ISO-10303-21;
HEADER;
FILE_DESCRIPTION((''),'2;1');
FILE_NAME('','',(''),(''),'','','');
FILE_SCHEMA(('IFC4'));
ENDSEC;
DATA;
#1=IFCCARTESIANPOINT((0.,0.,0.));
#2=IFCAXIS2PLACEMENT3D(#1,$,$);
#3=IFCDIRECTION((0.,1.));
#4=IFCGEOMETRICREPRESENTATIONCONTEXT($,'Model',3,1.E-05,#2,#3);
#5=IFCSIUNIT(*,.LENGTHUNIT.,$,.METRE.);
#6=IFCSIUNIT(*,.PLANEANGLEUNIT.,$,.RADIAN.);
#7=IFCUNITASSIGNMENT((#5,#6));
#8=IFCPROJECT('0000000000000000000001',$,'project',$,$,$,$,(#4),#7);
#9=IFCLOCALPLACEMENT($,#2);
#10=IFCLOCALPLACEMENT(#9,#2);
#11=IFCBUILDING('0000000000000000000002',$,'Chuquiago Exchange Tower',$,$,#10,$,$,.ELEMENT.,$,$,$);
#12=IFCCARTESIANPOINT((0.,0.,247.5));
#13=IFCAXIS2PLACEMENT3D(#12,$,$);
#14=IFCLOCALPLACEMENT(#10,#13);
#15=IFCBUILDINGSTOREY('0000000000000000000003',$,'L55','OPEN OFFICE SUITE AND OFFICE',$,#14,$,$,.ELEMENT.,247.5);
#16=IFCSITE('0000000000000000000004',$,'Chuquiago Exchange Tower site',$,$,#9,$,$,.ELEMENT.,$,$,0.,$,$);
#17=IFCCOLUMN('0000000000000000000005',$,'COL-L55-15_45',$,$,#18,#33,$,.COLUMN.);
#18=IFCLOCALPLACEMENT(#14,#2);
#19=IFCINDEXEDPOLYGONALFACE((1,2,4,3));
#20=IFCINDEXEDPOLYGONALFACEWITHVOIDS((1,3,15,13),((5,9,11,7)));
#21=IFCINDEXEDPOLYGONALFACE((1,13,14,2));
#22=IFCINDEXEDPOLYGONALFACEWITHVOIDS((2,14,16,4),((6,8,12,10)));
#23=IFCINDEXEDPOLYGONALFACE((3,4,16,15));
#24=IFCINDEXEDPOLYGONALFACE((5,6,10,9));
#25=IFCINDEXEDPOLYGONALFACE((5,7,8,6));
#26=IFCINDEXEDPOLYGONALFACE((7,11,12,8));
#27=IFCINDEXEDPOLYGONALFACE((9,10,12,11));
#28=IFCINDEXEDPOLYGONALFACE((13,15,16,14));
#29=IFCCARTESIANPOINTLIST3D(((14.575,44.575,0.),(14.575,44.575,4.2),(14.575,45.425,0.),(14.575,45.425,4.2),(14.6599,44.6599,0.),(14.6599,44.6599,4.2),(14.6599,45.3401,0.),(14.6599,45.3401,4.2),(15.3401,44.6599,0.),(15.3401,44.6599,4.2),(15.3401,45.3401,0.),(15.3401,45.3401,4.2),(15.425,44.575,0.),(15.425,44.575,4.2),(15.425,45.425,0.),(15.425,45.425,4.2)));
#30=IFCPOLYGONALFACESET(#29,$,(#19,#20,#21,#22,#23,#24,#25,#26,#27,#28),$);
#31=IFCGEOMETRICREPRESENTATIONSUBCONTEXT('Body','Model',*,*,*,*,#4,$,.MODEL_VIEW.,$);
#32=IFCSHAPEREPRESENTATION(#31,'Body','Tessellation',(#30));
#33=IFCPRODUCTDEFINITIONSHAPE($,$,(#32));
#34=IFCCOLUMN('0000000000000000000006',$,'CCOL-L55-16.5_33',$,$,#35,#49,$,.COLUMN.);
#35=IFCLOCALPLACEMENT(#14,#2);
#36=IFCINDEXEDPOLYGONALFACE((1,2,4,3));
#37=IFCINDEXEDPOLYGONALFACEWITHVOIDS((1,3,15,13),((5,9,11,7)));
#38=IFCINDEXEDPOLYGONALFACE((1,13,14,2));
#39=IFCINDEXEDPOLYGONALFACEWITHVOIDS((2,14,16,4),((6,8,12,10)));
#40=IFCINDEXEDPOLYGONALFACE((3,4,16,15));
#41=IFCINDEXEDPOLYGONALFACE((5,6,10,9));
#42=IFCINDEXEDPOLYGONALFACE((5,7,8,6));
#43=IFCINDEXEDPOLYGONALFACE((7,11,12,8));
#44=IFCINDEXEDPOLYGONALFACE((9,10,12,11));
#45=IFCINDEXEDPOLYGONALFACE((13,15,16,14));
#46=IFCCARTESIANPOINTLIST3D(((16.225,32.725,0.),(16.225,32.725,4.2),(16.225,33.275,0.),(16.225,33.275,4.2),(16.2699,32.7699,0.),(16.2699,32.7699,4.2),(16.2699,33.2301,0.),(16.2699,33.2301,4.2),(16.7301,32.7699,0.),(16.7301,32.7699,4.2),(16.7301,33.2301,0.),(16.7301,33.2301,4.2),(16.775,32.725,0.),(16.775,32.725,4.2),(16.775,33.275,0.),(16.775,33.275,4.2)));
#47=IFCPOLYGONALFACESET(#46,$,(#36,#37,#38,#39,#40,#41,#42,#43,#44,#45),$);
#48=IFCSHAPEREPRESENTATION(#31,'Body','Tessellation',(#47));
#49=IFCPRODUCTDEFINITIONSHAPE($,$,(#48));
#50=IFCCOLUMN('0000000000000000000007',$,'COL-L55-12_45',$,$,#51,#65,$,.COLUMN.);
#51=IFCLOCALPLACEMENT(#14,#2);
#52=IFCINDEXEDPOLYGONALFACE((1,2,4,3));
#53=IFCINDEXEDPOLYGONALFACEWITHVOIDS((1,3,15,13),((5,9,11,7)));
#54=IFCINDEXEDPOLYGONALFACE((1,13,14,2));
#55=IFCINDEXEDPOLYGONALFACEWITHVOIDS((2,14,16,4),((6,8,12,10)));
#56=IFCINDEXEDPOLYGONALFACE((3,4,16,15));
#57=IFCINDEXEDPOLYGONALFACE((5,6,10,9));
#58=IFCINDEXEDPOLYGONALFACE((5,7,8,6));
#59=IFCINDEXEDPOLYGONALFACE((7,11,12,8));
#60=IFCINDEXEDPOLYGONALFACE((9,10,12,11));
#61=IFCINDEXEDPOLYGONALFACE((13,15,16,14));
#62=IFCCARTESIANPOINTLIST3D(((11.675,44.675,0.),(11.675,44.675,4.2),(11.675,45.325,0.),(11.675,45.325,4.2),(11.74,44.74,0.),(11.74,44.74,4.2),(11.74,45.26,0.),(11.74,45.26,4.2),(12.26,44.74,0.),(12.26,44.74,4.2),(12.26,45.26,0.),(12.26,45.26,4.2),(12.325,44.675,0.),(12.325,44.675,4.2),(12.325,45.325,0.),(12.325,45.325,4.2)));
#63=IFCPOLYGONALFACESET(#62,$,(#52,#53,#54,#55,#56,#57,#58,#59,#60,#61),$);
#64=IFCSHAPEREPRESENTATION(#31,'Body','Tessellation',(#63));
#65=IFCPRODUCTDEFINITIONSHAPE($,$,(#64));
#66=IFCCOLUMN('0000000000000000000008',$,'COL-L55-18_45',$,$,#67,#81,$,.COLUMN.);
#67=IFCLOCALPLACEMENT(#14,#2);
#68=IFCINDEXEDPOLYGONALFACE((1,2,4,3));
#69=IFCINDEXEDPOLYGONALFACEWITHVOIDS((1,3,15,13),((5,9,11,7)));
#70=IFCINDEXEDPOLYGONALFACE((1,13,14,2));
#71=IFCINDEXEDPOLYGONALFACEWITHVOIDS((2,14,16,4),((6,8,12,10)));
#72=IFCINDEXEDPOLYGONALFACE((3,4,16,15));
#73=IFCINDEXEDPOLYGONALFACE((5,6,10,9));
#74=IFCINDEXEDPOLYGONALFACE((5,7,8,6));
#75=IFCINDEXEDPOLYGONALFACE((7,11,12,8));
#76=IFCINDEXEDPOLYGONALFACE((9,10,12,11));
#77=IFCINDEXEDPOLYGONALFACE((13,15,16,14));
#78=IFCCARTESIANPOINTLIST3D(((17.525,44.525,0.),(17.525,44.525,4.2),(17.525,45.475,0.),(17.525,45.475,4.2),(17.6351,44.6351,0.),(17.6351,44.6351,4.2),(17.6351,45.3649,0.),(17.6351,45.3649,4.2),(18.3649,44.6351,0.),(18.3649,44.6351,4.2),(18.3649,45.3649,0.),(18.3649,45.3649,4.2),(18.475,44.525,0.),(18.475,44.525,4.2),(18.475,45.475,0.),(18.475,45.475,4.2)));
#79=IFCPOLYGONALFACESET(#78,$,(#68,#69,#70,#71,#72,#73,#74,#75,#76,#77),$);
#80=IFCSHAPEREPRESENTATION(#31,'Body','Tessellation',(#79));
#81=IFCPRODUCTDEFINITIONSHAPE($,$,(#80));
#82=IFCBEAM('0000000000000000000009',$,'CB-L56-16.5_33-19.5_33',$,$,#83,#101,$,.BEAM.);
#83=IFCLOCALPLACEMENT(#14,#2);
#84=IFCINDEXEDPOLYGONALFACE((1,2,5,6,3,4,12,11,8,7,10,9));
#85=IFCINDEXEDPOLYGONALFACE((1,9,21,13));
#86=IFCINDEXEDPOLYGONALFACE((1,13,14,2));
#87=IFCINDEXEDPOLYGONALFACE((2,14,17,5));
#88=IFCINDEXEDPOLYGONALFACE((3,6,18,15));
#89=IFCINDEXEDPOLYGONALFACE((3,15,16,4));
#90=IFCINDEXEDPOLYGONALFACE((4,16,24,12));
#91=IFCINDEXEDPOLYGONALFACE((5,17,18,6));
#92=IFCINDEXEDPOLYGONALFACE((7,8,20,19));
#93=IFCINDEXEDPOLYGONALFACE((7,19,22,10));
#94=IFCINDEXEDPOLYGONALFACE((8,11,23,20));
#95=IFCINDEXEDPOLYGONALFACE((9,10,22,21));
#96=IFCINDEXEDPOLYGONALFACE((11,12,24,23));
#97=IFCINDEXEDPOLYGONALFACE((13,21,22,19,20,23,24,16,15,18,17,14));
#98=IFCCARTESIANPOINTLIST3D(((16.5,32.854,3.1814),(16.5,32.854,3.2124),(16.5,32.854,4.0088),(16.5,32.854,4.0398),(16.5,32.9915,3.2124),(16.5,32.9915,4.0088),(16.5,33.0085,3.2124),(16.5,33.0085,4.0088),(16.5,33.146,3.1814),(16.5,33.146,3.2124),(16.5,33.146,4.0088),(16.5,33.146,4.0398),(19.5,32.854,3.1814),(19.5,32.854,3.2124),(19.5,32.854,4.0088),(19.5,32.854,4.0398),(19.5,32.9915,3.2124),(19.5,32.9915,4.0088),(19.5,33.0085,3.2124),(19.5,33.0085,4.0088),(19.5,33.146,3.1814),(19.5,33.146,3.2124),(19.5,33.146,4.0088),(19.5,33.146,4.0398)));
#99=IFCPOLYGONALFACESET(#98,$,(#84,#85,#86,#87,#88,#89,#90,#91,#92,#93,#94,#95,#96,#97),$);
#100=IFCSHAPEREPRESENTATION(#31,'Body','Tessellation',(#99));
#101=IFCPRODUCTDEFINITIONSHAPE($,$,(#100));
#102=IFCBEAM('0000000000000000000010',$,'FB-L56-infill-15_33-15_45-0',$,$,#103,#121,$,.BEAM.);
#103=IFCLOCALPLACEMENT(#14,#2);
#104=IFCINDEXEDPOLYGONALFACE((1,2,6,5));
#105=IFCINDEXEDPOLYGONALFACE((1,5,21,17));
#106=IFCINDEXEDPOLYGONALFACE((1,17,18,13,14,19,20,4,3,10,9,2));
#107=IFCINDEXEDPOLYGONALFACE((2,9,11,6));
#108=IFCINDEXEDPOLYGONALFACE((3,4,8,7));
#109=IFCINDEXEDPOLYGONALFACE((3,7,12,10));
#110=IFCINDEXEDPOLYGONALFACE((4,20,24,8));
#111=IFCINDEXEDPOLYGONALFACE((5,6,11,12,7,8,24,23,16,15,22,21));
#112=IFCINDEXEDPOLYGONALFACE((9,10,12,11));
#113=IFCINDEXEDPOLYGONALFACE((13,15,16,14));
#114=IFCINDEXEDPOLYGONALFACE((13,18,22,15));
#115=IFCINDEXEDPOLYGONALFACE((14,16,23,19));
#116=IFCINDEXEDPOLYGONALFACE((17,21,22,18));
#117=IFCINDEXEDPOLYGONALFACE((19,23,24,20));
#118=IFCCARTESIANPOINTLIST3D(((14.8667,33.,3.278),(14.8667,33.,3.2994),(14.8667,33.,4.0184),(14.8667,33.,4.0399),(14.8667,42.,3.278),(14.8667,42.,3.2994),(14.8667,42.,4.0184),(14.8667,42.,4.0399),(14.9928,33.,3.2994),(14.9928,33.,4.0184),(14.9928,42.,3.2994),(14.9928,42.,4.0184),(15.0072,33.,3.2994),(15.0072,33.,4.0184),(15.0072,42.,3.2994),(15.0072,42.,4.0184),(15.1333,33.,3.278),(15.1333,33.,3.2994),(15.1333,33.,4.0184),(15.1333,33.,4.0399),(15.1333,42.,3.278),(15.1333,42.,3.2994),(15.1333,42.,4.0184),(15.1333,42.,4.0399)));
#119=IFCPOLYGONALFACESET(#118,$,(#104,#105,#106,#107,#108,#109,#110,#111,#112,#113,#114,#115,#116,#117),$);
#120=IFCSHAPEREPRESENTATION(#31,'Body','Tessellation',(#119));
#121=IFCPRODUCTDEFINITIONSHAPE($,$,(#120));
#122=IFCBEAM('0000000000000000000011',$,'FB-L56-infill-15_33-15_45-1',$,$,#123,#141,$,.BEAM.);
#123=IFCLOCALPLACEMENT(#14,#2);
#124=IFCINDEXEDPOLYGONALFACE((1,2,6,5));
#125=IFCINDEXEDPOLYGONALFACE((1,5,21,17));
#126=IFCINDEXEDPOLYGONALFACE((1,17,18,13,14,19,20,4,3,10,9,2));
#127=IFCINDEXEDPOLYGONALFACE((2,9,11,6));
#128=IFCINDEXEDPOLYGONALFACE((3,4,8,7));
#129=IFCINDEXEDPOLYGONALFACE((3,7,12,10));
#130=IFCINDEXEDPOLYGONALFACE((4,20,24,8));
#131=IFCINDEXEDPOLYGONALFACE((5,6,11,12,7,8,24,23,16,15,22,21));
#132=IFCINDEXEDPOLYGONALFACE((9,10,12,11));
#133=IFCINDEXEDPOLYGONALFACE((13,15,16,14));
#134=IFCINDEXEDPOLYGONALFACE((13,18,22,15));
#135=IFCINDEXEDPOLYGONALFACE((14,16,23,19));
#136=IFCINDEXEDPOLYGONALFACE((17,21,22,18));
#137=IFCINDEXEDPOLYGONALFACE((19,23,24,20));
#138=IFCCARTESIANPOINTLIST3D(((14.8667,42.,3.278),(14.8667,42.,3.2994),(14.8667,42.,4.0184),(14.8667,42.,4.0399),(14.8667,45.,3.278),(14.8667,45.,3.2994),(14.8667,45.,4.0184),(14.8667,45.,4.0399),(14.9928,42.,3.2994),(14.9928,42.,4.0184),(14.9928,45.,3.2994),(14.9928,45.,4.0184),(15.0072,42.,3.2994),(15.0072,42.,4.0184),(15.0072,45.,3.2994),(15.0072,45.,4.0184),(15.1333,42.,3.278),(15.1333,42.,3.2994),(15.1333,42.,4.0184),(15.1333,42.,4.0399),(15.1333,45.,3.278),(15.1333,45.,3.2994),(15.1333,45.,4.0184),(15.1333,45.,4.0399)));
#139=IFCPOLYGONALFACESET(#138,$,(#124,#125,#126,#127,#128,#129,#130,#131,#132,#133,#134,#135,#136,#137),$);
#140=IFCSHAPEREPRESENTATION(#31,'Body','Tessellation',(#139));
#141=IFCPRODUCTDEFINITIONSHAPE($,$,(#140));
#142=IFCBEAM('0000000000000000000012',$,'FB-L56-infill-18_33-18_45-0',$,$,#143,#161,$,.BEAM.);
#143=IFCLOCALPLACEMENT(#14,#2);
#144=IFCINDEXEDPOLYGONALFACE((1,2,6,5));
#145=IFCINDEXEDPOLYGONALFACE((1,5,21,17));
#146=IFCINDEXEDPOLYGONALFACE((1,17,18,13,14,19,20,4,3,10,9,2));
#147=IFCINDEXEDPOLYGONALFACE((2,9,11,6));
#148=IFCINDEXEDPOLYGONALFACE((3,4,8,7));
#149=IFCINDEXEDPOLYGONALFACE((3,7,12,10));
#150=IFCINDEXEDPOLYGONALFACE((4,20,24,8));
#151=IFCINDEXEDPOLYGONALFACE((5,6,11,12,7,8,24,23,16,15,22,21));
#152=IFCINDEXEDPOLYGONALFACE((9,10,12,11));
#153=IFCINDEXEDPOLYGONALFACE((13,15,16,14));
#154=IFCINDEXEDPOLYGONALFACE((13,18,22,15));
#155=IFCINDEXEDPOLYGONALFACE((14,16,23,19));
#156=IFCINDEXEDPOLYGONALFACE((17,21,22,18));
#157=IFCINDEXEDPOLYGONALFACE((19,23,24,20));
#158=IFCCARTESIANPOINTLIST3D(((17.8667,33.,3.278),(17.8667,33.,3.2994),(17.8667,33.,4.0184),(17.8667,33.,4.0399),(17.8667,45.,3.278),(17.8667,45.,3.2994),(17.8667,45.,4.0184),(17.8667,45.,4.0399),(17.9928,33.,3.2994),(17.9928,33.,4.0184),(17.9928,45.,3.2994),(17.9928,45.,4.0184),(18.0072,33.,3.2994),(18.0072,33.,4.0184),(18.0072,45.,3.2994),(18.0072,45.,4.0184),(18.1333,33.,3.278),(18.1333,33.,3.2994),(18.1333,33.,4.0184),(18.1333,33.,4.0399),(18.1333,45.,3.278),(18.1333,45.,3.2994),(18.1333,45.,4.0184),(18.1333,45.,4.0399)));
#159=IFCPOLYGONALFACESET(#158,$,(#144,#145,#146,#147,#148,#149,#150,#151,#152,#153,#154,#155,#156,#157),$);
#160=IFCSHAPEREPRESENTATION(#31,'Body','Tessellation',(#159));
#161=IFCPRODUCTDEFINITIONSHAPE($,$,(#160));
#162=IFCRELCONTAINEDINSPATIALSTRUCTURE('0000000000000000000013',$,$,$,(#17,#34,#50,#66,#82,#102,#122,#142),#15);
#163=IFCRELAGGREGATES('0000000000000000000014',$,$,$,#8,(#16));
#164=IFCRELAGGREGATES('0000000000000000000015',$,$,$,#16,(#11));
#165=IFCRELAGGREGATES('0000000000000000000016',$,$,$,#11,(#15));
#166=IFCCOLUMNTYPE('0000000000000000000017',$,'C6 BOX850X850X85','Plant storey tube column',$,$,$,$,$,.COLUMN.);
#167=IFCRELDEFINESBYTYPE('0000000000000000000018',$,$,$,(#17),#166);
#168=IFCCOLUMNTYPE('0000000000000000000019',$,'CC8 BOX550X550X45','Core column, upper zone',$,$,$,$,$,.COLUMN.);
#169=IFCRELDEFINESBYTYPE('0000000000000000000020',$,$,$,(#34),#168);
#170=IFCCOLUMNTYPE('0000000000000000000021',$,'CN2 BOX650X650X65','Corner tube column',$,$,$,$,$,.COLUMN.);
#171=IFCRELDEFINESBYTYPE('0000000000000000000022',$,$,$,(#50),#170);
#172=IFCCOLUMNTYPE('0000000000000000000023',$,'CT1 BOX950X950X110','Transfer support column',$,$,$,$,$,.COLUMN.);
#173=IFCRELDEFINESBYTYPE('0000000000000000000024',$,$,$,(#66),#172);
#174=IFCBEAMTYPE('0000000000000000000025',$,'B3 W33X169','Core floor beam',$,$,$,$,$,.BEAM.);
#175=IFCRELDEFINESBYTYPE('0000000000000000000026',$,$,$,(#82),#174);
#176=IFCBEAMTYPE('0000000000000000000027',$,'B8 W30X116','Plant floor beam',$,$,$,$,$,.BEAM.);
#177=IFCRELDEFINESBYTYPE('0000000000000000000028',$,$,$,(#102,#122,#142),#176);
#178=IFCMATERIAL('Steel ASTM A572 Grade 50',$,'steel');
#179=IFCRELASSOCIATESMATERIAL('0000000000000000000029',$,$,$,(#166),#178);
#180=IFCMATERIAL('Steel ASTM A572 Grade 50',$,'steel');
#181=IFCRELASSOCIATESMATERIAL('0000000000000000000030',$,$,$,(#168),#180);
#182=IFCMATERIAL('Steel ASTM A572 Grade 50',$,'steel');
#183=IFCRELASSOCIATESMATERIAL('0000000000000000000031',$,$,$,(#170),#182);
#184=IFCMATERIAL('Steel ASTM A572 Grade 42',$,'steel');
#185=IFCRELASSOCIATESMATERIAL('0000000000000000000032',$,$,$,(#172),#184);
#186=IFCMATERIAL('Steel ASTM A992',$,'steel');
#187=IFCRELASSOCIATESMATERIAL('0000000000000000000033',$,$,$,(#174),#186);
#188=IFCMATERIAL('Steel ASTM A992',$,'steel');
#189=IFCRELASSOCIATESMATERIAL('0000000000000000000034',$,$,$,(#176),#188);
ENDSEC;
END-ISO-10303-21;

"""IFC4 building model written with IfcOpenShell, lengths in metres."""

from ifc_helpers import new_model, si_unit, direction, frame, origin, origin_2d, place, context, subcontext, project, spatial, hollow_rectangle, i_section, extrude, material, material_profile, profile_set, type_object, element, save


model = new_model("IFC4")

# Units and contexts
model_context = context("Model", 3, precision=1e-05, world=origin(), true_north=direction((0.0, 1.0)))
body_context = subcontext(model_context, "Body", "Model", "MODEL_VIEW")
ifc_project = project(units=[si_unit("LENGTHUNIT", "METRE"), si_unit("PLANEANGLEUNIT", "RADIAN")], contexts=[model_context])

# Site, building, storey
site_placement = place(None, origin())
site = spatial("IfcSite", under=ifc_project, at=site_placement, Name="Chuquiago Exchange Tower site", CompositionType="ELEMENT", RefElevation=0.0)
building_placement = place(site_placement, origin())
building = spatial("IfcBuilding", under=site, at=building_placement, Name="Chuquiago Exchange Tower", CompositionType="ELEMENT")
storey_placement = place(building_placement, frame((0.0, 0.0, 247.5)))
storey = spatial("IfcBuildingStorey", under=building, at=storey_placement, Name="L55", Description="OPEN OFFICE SUITE AND OFFICE", CompositionType="ELEMENT", Elevation=247.5)

# Columns
ifc_material_1 = material(Name="Steel ASTM A572 Grade 50", Category="steel")
ifc_material_profile_1 = material_profile(ifc_material_1, hollow_rectangle(XDim=0.8501, YDim=0.8501, WallThickness=0.085, at=origin_2d()), Name="BOX850X850X85")
ifc_profile_set_1 = profile_set([ifc_material_profile_1], Name="Steel ASTM A572 Grade 50")
column_type_1 = type_object("IfcColumnType", Name="C6 BOX850X850X85", Description="Plant storey tube column", PredefinedType="COLUMN", material=ifc_profile_set_1)
column_1_placement = place(storey_placement, frame((15.0, 45.0, 0.0), z_axis=(0.0, 0.0, 1.0), x_axis=(0.0, 1.0, 0.0)))
element("IfcColumn", 1, at=column_1_placement, inside=storey, type_object=column_type_1, Name="COL-L55-15_45", PredefinedType="COLUMN", context=body_context, shape_type="SweptSolid", body=[
    extrude(hollow_rectangle(XDim=0.8501, YDim=0.8501, WallThickness=0.085, at=origin_2d()), origin(), (0.0, 0.0, 1.0), 4.2),
])
ifc_material_2 = material(Name="Steel ASTM A572 Grade 50", Category="steel")
ifc_material_profile_2 = material_profile(ifc_material_2, hollow_rectangle(XDim=0.55, YDim=0.55, WallThickness=0.0449, at=origin_2d()), Name="BOX550X550X45")
ifc_profile_set_2 = profile_set([ifc_material_profile_2], Name="Steel ASTM A572 Grade 50")
column_type_2 = type_object("IfcColumnType", Name="CC8 BOX550X550X45", Description="Core column, upper zone", PredefinedType="COLUMN", material=ifc_profile_set_2)
column_2_placement = place(storey_placement, frame((16.5, 33.0, 0.0), z_axis=(0.0, 0.0, 1.0), x_axis=(1.0, 0.0, 0.0)))
element("IfcColumn", 2, at=column_2_placement, inside=storey, type_object=column_type_2, Name="CCOL-L55-16.5_33", PredefinedType="COLUMN", context=body_context, shape_type="SweptSolid", body=[
    extrude(hollow_rectangle(XDim=0.55, YDim=0.55, WallThickness=0.0449, at=origin_2d()), origin(), (0.0, 0.0, 1.0), 4.2),
])
ifc_material_3 = material(Name="Steel ASTM A572 Grade 50", Category="steel")
ifc_material_profile_3 = material_profile(ifc_material_3, hollow_rectangle(XDim=0.6499, YDim=0.6499, WallThickness=0.0649, at=origin_2d()), Name="BOX650X650X65")
ifc_profile_set_3 = profile_set([ifc_material_profile_3], Name="Steel ASTM A572 Grade 50")
column_type_3 = type_object("IfcColumnType", Name="CN2 BOX650X650X65", Description="Corner tube column", PredefinedType="COLUMN", material=ifc_profile_set_3)
column_3_placement = place(storey_placement, frame((12.0, 45.0, 0.0), z_axis=(0.0, 0.0, 1.0), x_axis=(0.0, 1.0, 0.0)))
element("IfcColumn", 3, at=column_3_placement, inside=storey, type_object=column_type_3, Name="COL-L55-12_45", PredefinedType="COLUMN", context=body_context, shape_type="SweptSolid", body=[
    extrude(hollow_rectangle(XDim=0.6499, YDim=0.6499, WallThickness=0.0649, at=origin_2d()), origin(), (0.0, 0.0, 1.0), 4.2),
])
ifc_material_4 = material(Name="Steel ASTM A572 Grade 42", Category="steel")
ifc_material_profile_4 = material_profile(ifc_material_4, hollow_rectangle(XDim=0.95, YDim=0.95, WallThickness=0.1101, at=origin_2d()), Name="BOX950X950X110")
ifc_profile_set_4 = profile_set([ifc_material_profile_4], Name="Steel ASTM A572 Grade 42")
column_type_4 = type_object("IfcColumnType", Name="CT1 BOX950X950X110", Description="Transfer support column", PredefinedType="COLUMN", material=ifc_profile_set_4)
column_4_placement = place(storey_placement, frame((18.0, 45.0, 0.0), z_axis=(0.0, 0.0, 1.0), x_axis=(0.0, 1.0, 0.0)))
element("IfcColumn", 4, at=column_4_placement, inside=storey, type_object=column_type_4, Name="COL-L55-18_45", PredefinedType="COLUMN", context=body_context, shape_type="SweptSolid", body=[
    extrude(hollow_rectangle(XDim=0.95, YDim=0.95, WallThickness=0.1101, at=origin_2d()), origin(), (0.0, 0.0, 1.0), 4.2),
])

# Beams
ifc_material_5 = material(Name="Steel ASTM A992", Category="steel")
ifc_material_profile_5 = material_profile(ifc_material_5, i_section(OverallWidth=0.292, OverallDepth=0.8584, WebThickness=0.0171, FlangeThickness=0.031, at=origin_2d()), Name="W33X169")
ifc_profile_set_5 = profile_set([ifc_material_profile_5], Name="Steel ASTM A992")
beam_type_1 = type_object("IfcBeamType", Name="B3 W33X169", Description="Core floor beam", PredefinedType="BEAM", material=ifc_profile_set_5)
beam_1_placement = place(storey_placement, frame((16.5, 33.0, 3.6106), z_axis=(1.0, 0.0, 0.0), x_axis=(0.0, 1.0, 0.0)))
element("IfcBeam", 5, at=beam_1_placement, inside=storey, type_object=beam_type_1, Name="CB-L56-16.5_33-19.5_33", PredefinedType="BEAM", context=body_context, shape_type="SweptSolid", body=[
    extrude(i_section(OverallWidth=0.292, OverallDepth=0.8584, WebThickness=0.0171, FlangeThickness=0.031, at=origin_2d()), origin(), (0.0, 0.0, 1.0), 3.0),
])
ifc_material_6 = material(Name="Steel ASTM A992", Category="steel")
ifc_material_profile_6 = material_profile(ifc_material_6, i_section(OverallWidth=0.2666, OverallDepth=0.762, WebThickness=0.0144, FlangeThickness=0.0215, at=origin_2d()), Name="W30X116")
ifc_profile_set_6 = profile_set([ifc_material_profile_6], Name="Steel ASTM A992")
beam_type_2 = type_object("IfcBeamType", Name="B8 W30X116", Description="Plant floor beam", PredefinedType="BEAM", material=ifc_profile_set_6)
beam_2_placement = place(storey_placement, frame((15.0, 33.0, 3.6589), z_axis=(0.0, 1.0, 0.0), x_axis=(-1.0, 0.0, 0.0)))
element("IfcBeam", 6, at=beam_2_placement, inside=storey, type_object=beam_type_2, Name="FB-L56-infill-15_33-15_45-0", PredefinedType="BEAM", context=body_context, shape_type="SweptSolid", body=[
    extrude(i_section(OverallWidth=0.2666, OverallDepth=0.762, WebThickness=0.0144, FlangeThickness=0.0215, at=origin_2d()), origin(), (0.0, 0.0, 1.0), 9.0),
])
beam_3_placement = place(storey_placement, frame((15.0, 42.0, 3.6589), z_axis=(0.0, 1.0, 0.0), x_axis=(-1.0, 0.0, 0.0)))
element("IfcBeam", 7, at=beam_3_placement, inside=storey, type_object=beam_type_2, Name="FB-L56-infill-15_33-15_45-1", PredefinedType="BEAM", context=body_context, shape_type="SweptSolid", body=[
    extrude(i_section(OverallWidth=0.2666, OverallDepth=0.762, WebThickness=0.0144, FlangeThickness=0.0215, at=origin_2d()), origin(), (0.0, 0.0, 1.0), 3.0),
])
beam_4_placement = place(storey_placement, frame((18.0, 33.0, 3.6589), z_axis=(0.0, 1.0, 0.0), x_axis=(-1.0, 0.0, 0.0)))
element("IfcBeam", 8, at=beam_4_placement, inside=storey, type_object=beam_type_2, Name="FB-L56-infill-18_33-18_45-0", PredefinedType="BEAM", context=body_context, shape_type="SweptSolid", body=[
    extrude(i_section(OverallWidth=0.2666, OverallDepth=0.762, WebThickness=0.0144, FlangeThickness=0.0215, at=origin_2d()), origin(), (0.0, 0.0, 1.0), 12.0),
])

save(model, "model.ifc")
